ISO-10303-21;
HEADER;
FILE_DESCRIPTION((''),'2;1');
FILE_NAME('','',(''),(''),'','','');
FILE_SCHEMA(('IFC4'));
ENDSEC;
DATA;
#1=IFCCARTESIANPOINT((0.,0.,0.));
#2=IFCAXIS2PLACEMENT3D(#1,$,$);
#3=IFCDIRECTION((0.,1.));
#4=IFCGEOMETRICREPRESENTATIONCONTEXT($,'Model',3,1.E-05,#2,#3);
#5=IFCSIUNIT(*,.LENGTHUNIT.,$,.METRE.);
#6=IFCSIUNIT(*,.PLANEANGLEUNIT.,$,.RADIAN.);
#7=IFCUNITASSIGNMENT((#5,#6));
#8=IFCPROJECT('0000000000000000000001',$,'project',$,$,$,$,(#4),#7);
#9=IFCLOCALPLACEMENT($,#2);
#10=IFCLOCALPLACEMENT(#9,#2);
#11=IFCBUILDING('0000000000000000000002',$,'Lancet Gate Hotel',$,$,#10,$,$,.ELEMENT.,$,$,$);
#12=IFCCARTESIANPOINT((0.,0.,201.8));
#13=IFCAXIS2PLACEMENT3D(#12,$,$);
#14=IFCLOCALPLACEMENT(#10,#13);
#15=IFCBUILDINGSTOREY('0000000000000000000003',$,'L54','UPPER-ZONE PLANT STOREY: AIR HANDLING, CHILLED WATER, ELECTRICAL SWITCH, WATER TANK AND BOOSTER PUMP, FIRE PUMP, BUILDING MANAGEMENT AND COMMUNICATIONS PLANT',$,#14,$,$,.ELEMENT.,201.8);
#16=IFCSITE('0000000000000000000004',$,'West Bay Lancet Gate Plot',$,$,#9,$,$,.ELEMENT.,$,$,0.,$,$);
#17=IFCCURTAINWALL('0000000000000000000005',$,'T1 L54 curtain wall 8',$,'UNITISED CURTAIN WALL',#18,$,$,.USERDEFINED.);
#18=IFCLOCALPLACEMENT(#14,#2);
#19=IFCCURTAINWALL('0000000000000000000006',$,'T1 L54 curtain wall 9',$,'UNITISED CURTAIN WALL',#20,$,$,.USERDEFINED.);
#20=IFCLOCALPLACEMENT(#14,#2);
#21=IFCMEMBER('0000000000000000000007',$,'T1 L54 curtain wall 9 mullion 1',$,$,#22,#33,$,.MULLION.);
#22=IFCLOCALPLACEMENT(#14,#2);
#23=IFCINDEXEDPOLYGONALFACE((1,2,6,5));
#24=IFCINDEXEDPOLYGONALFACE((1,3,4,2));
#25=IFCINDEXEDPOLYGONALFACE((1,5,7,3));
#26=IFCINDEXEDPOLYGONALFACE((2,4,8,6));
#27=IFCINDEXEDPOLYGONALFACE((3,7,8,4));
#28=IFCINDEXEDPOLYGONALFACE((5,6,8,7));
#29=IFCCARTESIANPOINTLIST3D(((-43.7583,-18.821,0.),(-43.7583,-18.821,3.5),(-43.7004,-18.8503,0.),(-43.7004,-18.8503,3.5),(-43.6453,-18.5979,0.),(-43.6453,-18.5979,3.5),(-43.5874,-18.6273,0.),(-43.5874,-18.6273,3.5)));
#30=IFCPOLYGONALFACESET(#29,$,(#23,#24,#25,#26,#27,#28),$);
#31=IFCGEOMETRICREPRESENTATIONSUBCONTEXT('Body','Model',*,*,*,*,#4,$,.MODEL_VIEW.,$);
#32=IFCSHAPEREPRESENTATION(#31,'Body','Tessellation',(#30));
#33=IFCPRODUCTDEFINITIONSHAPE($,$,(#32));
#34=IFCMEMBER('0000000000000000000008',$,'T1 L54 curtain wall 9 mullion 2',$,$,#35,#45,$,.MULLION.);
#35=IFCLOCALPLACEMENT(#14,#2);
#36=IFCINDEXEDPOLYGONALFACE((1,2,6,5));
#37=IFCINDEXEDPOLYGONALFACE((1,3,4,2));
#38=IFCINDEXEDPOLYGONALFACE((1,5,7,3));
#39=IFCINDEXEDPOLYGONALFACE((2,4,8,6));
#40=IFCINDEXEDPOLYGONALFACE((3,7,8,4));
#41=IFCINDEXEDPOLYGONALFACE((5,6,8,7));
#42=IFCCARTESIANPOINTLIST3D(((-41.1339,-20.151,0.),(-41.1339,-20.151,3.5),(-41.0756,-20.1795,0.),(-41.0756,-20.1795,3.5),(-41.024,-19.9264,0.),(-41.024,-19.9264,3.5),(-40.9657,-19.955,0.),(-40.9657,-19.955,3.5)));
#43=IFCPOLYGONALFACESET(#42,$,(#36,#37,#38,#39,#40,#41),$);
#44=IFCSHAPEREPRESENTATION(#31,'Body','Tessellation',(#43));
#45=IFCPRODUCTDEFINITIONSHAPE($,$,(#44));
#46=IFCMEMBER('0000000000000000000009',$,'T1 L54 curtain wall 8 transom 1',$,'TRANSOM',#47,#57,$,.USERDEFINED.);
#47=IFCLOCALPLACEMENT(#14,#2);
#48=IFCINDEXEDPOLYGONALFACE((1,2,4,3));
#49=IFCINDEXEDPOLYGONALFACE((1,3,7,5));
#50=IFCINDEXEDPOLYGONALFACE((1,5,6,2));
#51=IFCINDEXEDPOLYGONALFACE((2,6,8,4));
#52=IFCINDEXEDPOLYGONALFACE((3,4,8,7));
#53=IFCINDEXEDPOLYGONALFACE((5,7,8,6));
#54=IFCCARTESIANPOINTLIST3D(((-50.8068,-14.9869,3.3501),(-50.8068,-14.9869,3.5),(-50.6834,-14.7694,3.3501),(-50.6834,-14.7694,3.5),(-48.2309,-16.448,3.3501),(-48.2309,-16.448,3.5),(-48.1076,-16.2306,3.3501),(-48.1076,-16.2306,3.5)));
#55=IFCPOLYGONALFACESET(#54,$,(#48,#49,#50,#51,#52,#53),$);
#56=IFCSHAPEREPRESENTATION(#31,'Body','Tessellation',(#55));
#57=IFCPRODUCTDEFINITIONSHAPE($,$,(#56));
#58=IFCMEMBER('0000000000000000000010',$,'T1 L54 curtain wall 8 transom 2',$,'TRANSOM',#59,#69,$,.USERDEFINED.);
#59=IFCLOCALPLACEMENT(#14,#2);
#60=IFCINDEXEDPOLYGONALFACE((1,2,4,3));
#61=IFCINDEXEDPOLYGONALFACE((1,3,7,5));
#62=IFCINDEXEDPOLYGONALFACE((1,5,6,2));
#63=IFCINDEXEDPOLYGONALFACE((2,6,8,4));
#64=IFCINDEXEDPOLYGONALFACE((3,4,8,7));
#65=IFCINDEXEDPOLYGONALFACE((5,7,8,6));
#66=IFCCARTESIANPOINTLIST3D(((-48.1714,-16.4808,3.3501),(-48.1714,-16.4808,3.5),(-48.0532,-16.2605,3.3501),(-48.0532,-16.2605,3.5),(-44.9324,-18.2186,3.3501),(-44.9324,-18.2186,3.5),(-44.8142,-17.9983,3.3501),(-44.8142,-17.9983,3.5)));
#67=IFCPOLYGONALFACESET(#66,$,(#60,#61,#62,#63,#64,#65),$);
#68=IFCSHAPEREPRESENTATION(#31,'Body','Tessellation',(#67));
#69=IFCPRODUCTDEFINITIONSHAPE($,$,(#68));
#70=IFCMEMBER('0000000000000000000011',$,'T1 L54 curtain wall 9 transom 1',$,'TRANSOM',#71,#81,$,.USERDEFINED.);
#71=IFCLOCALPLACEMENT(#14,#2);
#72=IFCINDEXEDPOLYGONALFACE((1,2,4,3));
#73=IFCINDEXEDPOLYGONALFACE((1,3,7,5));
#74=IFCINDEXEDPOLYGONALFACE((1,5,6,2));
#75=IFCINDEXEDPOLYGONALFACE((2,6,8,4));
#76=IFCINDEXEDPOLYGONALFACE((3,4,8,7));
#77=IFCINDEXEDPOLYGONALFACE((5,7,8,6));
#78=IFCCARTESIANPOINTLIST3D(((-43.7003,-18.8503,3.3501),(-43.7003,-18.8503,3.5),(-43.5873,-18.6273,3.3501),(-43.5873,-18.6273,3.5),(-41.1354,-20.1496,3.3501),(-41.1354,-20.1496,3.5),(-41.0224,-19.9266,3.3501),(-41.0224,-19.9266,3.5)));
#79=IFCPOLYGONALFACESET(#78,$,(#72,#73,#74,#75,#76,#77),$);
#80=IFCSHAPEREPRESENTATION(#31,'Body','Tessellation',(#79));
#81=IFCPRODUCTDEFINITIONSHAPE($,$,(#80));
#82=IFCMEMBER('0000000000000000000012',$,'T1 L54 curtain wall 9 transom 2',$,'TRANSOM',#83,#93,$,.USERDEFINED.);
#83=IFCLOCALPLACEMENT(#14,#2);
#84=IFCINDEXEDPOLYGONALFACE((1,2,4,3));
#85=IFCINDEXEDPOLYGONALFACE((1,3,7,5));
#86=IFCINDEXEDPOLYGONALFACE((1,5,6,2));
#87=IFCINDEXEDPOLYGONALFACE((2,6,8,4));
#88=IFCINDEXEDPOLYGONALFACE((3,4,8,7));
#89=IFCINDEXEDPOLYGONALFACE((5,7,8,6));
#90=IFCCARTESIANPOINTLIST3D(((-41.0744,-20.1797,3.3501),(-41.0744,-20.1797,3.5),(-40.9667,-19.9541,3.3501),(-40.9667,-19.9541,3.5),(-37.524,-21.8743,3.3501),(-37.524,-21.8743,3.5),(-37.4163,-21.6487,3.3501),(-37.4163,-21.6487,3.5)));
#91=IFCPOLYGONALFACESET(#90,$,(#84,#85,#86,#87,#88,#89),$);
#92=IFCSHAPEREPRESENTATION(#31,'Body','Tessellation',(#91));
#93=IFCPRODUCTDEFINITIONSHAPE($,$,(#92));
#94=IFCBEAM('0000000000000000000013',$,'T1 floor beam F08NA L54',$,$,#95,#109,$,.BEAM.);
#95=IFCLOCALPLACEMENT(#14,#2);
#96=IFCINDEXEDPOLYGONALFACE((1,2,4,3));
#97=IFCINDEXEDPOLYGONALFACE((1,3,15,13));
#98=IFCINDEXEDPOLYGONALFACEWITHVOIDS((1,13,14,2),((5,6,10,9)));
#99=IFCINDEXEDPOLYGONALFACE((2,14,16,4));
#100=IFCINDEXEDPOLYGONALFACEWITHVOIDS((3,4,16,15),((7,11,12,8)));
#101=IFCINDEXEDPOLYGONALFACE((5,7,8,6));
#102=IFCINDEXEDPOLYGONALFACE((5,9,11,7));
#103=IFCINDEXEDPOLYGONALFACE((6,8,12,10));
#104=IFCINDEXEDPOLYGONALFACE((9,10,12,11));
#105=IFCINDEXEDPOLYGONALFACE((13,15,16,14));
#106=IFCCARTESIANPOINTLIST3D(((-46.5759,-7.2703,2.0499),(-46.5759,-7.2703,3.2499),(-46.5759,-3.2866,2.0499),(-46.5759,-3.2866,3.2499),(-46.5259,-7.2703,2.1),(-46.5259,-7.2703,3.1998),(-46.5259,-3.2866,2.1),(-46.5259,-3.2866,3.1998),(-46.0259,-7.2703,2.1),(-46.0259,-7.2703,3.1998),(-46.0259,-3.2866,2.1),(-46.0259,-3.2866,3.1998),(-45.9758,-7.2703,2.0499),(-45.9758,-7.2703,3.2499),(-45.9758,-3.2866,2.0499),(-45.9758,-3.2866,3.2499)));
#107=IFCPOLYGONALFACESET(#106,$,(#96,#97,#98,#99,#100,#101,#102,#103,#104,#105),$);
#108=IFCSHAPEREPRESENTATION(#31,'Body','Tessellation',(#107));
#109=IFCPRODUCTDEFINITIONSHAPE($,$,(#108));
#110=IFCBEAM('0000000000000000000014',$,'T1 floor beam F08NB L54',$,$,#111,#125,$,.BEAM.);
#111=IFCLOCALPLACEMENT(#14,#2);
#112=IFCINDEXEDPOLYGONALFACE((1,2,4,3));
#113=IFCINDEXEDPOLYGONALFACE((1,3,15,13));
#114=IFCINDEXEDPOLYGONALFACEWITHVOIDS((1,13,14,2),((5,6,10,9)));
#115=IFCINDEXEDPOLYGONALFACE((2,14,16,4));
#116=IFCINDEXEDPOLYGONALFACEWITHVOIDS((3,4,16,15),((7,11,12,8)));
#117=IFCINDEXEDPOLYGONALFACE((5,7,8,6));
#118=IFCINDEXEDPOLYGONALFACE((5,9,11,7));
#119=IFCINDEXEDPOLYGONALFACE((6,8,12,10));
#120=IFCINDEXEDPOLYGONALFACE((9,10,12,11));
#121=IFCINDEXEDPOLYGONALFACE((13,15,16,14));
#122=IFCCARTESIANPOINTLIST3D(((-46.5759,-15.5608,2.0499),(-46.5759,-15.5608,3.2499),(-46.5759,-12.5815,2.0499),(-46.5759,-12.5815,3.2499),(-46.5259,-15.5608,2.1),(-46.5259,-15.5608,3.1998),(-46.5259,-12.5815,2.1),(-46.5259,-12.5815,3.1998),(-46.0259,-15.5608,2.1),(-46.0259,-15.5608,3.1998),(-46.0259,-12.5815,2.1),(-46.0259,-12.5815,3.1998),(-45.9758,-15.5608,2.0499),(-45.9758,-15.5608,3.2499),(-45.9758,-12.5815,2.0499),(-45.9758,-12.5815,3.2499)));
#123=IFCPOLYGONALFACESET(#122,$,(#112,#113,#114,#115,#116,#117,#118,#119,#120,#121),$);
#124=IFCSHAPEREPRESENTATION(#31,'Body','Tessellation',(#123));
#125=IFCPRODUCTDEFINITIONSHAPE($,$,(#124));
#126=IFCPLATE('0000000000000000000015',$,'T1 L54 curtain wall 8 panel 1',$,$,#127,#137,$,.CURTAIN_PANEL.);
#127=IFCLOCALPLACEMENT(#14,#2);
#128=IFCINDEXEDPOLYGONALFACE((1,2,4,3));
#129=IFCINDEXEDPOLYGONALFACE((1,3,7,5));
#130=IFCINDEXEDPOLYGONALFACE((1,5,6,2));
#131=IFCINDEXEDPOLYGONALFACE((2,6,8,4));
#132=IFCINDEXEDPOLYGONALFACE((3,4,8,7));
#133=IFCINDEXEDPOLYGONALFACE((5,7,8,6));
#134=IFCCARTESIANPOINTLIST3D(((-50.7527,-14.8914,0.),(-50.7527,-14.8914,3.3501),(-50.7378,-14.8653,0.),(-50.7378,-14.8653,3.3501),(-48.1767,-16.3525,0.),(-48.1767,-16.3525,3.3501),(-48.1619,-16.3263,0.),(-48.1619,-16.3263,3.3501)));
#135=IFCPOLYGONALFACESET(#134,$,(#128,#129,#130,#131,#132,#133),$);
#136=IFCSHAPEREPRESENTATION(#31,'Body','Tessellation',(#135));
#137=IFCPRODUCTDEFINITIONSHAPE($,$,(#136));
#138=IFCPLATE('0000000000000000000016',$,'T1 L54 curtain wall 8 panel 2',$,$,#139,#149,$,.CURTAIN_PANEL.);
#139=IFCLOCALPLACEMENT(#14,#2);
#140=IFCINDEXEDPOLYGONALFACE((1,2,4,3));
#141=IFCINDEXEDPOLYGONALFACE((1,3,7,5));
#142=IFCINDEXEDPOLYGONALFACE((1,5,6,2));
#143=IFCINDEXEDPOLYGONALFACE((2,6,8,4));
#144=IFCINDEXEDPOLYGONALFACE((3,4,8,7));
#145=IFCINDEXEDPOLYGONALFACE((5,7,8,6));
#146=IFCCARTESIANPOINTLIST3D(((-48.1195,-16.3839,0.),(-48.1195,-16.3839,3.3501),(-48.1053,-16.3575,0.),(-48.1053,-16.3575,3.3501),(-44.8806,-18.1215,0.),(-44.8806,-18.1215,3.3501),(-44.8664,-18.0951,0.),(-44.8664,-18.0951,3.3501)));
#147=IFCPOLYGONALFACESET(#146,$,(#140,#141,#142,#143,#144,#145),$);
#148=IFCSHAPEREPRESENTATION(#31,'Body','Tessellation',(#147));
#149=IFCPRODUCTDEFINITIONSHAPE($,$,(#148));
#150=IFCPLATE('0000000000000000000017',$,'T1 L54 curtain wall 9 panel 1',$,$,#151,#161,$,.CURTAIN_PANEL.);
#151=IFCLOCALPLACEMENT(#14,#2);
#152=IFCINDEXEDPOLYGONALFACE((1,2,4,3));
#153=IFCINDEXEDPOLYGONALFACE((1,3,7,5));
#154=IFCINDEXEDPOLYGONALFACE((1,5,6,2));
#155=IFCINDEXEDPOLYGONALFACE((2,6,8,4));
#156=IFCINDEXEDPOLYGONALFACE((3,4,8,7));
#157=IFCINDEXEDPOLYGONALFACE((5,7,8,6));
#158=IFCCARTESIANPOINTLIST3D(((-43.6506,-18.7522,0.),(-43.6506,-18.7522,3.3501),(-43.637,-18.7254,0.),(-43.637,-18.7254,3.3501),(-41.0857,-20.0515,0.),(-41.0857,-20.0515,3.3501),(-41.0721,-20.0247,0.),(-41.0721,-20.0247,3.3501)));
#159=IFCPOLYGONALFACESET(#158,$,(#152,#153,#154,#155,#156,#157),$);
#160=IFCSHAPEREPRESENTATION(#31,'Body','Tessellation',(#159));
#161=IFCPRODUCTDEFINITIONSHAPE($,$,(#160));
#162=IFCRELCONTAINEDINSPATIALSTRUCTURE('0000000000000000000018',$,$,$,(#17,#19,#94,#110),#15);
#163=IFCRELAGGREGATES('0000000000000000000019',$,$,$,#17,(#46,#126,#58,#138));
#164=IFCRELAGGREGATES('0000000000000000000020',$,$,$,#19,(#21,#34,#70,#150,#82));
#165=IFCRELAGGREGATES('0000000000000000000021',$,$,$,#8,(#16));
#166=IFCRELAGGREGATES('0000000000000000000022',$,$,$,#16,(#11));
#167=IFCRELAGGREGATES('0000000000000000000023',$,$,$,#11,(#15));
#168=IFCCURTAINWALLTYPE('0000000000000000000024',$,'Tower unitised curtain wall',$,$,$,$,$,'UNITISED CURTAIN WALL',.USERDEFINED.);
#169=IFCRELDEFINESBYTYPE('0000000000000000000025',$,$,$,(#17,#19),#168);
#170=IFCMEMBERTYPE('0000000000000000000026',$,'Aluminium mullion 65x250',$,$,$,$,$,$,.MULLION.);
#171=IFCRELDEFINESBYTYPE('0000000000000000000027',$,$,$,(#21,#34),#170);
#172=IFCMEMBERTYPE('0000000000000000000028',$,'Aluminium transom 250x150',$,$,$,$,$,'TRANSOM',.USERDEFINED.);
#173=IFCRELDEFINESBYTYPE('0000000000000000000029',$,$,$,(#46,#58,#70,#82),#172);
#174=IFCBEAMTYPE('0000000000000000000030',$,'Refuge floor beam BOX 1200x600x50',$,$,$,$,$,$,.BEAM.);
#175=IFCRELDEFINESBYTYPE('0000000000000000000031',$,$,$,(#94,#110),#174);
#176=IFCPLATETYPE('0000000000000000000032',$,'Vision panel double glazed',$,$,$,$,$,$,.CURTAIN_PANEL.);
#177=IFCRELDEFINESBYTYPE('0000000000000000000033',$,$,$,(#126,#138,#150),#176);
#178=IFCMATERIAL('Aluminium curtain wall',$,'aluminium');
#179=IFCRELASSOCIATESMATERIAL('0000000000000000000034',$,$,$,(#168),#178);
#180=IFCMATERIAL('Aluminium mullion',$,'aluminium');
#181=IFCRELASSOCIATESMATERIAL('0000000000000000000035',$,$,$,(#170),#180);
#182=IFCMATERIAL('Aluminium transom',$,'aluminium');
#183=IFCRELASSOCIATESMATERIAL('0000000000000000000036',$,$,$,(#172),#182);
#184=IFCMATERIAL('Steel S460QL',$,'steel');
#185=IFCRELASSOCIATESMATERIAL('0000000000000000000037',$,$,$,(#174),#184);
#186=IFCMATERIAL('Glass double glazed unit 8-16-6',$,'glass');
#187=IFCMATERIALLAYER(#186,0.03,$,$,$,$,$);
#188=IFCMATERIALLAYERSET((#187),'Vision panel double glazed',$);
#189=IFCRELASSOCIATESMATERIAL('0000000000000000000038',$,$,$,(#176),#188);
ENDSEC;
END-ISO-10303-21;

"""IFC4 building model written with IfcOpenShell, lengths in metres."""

from ifc_helpers import new_model, si_unit, direction, frame, origin, origin_2d, place, context, subcontext, project, spatial, rectangle, hollow_rectangle, extrude, material, layer, layer_set, material_profile, profile_set, type_object, element, aggregate, save


model = new_model("IFC4")

# Units and contexts
model_context = context("Model", 3, precision=1e-05, world=origin(), true_north=direction((0.0, 1.0)))
body_context = subcontext(model_context, "Body", "Model", "MODEL_VIEW")
ifc_project = project(units=[si_unit("LENGTHUNIT", "METRE"), si_unit("PLANEANGLEUNIT", "RADIAN")], contexts=[model_context])

# Site, building, storey
site_placement = place(None, origin())
site = spatial("IfcSite", under=ifc_project, at=site_placement, Name="West Bay Lancet Gate Plot", CompositionType="ELEMENT", RefElevation=0.0)
building_placement = place(site_placement, origin())
building = spatial("IfcBuilding", under=site, at=building_placement, Name="Lancet Gate Hotel", CompositionType="ELEMENT")
storey_placement = place(building_placement, frame((0.0, 0.0, 201.8)))
storey = spatial("IfcBuildingStorey", under=building, at=storey_placement, Name="L54", Description="UPPER-ZONE PLANT STOREY: AIR HANDLING, CHILLED WATER, ELECTRICAL SWITCH, WATER TANK AND BOOSTER PUMP, FIRE PUMP, BUILDING MANAGEMENT AND COMMUNICATIONS PLANT", CompositionType="ELEMENT", Elevation=201.8)

# Shared definitions
ifc_material_1 = material(Name="Aluminium curtain wall", Category="aluminium")
curtain_wall_type = type_object("IfcCurtainWallType", Name="Tower unitised curtain wall", ElementType="UNITISED CURTAIN WALL", PredefinedType="USERDEFINED", material=ifc_material_1)
ifc_material_2 = material(Name="Aluminium mullion", Category="aluminium")
ifc_material_profile_1 = material_profile(ifc_material_2, rectangle(XDim=0.0649, YDim=0.25, at=origin_2d()), Name="MULLION 65x250")
ifc_profile_set_1 = profile_set([ifc_material_profile_1], Name="Aluminium mullion")
member_type_1 = type_object("IfcMemberType", Name="Aluminium mullion 65x250", PredefinedType="MULLION", material=ifc_profile_set_1)

# Curtain walls, members
curtain_wall_1_placement = place(storey_placement, origin())
curtain_wall_1 = element("IfcCurtainWall", 1, at=curtain_wall_1_placement, inside=storey, type_object=curtain_wall_type, Name="T1 L54 curtain wall 8", ObjectType="UNITISED CURTAIN WALL", PredefinedType="USERDEFINED")
curtain_wall_2_placement = place(storey_placement, origin())
curtain_wall_2 = element("IfcCurtainWall", 2, at=curtain_wall_2_placement, inside=storey, type_object=curtain_wall_type, Name="T1 L54 curtain wall 9", ObjectType="UNITISED CURTAIN WALL", PredefinedType="USERDEFINED")
member_1_placement = place(storey_placement, frame((-43.6729, -18.7241, 0.0), z_axis=(0.0, 0.0, 1.0), x_axis=(0.892071, -0.451895, 0.0)))
member_1 = element("IfcMember", 3, at=member_1_placement, type_object=member_type_1, Name="T1 L54 curtain wall 9 mullion 1", PredefinedType="MULLION", context=body_context, shape_type="SweptSolid", body=[
    extrude(rectangle(XDim=0.0649, YDim=0.25, at=origin_2d()), origin(), (0.0, 0.0, 1.0), 3.5),
])
member_2_placement = place(storey_placement, frame((-41.0498, -20.053, 0.0), z_axis=(0.0, 0.0, 1.0), x_axis=(0.898115, -0.439761, 0.0)))
member_2 = element("IfcMember", 4, at=member_2_placement, type_object=member_type_1, Name="T1 L54 curtain wall 9 mullion 2", PredefinedType="MULLION", context=body_context, shape_type="SweptSolid", body=[
    extrude(rectangle(XDim=0.0649, YDim=0.25, at=origin_2d()), origin(), (0.0, 0.0, 1.0), 3.5),
])

# Members
ifc_material_3 = material(Name="Aluminium transom", Category="aluminium")
ifc_material_profile_2 = material_profile(ifc_material_3, rectangle(XDim=0.25, YDim=0.1499, at=origin_2d()), Name="TRANSOM 250x150")
ifc_profile_set_2 = profile_set([ifc_material_profile_2], Name="Aluminium transom")
member_type_2 = type_object("IfcMemberType", Name="Aluminium transom 250x150", ElementType="TRANSOM", PredefinedType="USERDEFINED", material=ifc_profile_set_2)
member_3_placement = place(storey_placement, frame((-50.7451, -14.8782, 3.425), z_axis=(0.869806, -0.493393, 0.0), x_axis=(0.493393, 0.869806, 0.0)))
member_3 = element("IfcMember", 5, at=member_3_placement, type_object=member_type_2, Name="T1 L54 curtain wall 8 transom 1", ObjectType="TRANSOM", PredefinedType="USERDEFINED", context=body_context, shape_type="SweptSolid", body=[
    extrude(rectangle(XDim=0.25, YDim=0.1499, at=origin_2d()), origin(), (0.0, 0.0, 1.0), 2.9614),
])
member_4_placement = place(storey_placement, frame((-48.1123, -16.3706, 3.425), z_axis=(0.881185, -0.472772, 0.0), x_axis=(0.472772, 0.881185, 0.0)))
member_4 = element("IfcMember", 6, at=member_4_placement, type_object=member_type_2, Name="T1 L54 curtain wall 8 transom 2", ObjectType="TRANSOM", PredefinedType="USERDEFINED", context=body_context, shape_type="SweptSolid", body=[
    extrude(rectangle(XDim=0.25, YDim=0.1499, at=origin_2d()), origin(), (0.0, 0.0, 1.0), 3.6758),
])
member_5_placement = place(storey_placement, frame((-43.6438, -18.7388, 3.425), z_axis=(0.892071, -0.451895, 0.0), x_axis=(0.451895, 0.892071, 0.0)))
member_5 = element("IfcMember", 7, at=member_5_placement, type_object=member_type_2, Name="T1 L54 curtain wall 9 transom 1", ObjectType="TRANSOM", PredefinedType="USERDEFINED", context=body_context, shape_type="SweptSolid", body=[
    extrude(rectangle(XDim=0.25, YDim=0.1499, at=origin_2d()), origin(), (0.0, 0.0, 1.0), 2.8752),
])
member_6_placement = place(storey_placement, frame((-41.0205, -20.0669, 3.425), z_axis=(0.902469, -0.430755, 0.0), x_axis=(0.430755, 0.902469, 0.0)))
member_6 = element("IfcMember", 8, at=member_6_placement, type_object=member_type_2, Name="T1 L54 curtain wall 9 transom 2", ObjectType="TRANSOM", PredefinedType="USERDEFINED", context=body_context, shape_type="SweptSolid", body=[
    extrude(rectangle(XDim=0.25, YDim=0.1499, at=origin_2d()), origin(), (0.0, 0.0, 1.0), 3.9341),
])

# Beams
ifc_material_4 = material(Name="Steel S460QL", Category="steel")
ifc_material_profile_3 = material_profile(ifc_material_4, hollow_rectangle(XDim=0.6001, YDim=1.2, WallThickness=0.05, at=origin_2d()), Name="BOX 1200x600x50")
ifc_profile_set_3 = profile_set([ifc_material_profile_3], Name="Steel S460QL")
beam_type = type_object("IfcBeamType", Name="Refuge floor beam BOX 1200x600x50", PredefinedType="BEAM", material=ifc_profile_set_3)
beam_1_placement = place(storey_placement, frame((-46.2759, -3.2866, 2.6499), z_axis=(0.0, -1.0, 0.0), x_axis=(1.0, 0.0, 0.0)))
element("IfcBeam", 9, at=beam_1_placement, inside=storey, type_object=beam_type, Name="T1 floor beam F08NA L54", PredefinedType="BEAM", context=body_context, shape_type="SweptSolid", body=[
    extrude(hollow_rectangle(XDim=0.6001, YDim=1.2, WallThickness=0.05, at=origin_2d()), origin(), (0.0, 0.0, 1.0), 3.9836),
])
beam_2_placement = place(storey_placement, frame((-46.2759, -12.5815, 2.6499), z_axis=(0.0, -1.0, 0.0), x_axis=(1.0, 0.0, 0.0)))
element("IfcBeam", 10, at=beam_2_placement, inside=storey, type_object=beam_type, Name="T1 floor beam F08NB L54", PredefinedType="BEAM", context=body_context, shape_type="SweptSolid", body=[
    extrude(hollow_rectangle(XDim=0.6001, YDim=1.2, WallThickness=0.05, at=origin_2d()), origin(), (0.0, 0.0, 1.0), 2.9792),
])

# Plates
ifc_material_5 = material(Name="Glass double glazed unit 8-16-6", Category="glass")
ifc_layer_1 = layer(ifc_material_5, 0.03)
ifc_layer_set_1 = layer_set([ifc_layer_1], Name="Vision panel double glazed")
plate_type = type_object("IfcPlateType", Name="Vision panel double glazed", PredefinedType="CURTAIN_PANEL", material=ifc_layer_set_1)
plate_1_placement = place(storey_placement, frame((-49.4573, -15.6089, 0.0), z_axis=(0.0, 0.0, 1.0), x_axis=(0.869831, -0.493349, 0.0)))
plate_1 = element("IfcPlate", 11, at=plate_1_placement, type_object=plate_type, Name="T1 L54 curtain wall 8 panel 1", PredefinedType="CURTAIN_PANEL", context=body_context, shape_type="SweptSolid", body=[
    extrude(rectangle(XDim=2.9614, YDim=0.03, at=origin_2d()), origin(), (0.0, 0.0, 1.0), 3.3501),
])
plate_2_placement = place(storey_placement, frame((-46.4929, -17.2395, 0.0), z_axis=(0.0, 0.0, 1.0), x_axis=(0.881195, -0.472753, 0.0)))
plate_2 = element("IfcPlate", 12, at=plate_2_placement, type_object=plate_type, Name="T1 L54 curtain wall 8 panel 2", PredefinedType="CURTAIN_PANEL", context=body_context, shape_type="SweptSolid", body=[
    extrude(rectangle(XDim=3.6755, YDim=0.03, at=origin_2d()), origin(), (0.0, 0.0, 1.0), 3.3501),
])
aggregate(curtain_wall_1, [member_3, plate_1, member_4, plate_2])
plate_3_placement = place(storey_placement, frame((-42.3613, -19.3884, 0.0), z_axis=(0.0, 0.0, 1.0), x_axis=(0.892071, -0.451895, 0.0)))
plate_3 = element("IfcPlate", 13, at=plate_3_placement, type_object=plate_type, Name="T1 L54 curtain wall 9 panel 1", PredefinedType="CURTAIN_PANEL", context=body_context, shape_type="SweptSolid", body=[
    extrude(rectangle(XDim=2.8752, YDim=0.03, at=origin_2d()), origin(), (0.0, 0.0, 1.0), 3.3501),
])
aggregate(curtain_wall_2, [member_1, member_2, member_5, plate_3, member_6])

save(model, "model.ifc")
